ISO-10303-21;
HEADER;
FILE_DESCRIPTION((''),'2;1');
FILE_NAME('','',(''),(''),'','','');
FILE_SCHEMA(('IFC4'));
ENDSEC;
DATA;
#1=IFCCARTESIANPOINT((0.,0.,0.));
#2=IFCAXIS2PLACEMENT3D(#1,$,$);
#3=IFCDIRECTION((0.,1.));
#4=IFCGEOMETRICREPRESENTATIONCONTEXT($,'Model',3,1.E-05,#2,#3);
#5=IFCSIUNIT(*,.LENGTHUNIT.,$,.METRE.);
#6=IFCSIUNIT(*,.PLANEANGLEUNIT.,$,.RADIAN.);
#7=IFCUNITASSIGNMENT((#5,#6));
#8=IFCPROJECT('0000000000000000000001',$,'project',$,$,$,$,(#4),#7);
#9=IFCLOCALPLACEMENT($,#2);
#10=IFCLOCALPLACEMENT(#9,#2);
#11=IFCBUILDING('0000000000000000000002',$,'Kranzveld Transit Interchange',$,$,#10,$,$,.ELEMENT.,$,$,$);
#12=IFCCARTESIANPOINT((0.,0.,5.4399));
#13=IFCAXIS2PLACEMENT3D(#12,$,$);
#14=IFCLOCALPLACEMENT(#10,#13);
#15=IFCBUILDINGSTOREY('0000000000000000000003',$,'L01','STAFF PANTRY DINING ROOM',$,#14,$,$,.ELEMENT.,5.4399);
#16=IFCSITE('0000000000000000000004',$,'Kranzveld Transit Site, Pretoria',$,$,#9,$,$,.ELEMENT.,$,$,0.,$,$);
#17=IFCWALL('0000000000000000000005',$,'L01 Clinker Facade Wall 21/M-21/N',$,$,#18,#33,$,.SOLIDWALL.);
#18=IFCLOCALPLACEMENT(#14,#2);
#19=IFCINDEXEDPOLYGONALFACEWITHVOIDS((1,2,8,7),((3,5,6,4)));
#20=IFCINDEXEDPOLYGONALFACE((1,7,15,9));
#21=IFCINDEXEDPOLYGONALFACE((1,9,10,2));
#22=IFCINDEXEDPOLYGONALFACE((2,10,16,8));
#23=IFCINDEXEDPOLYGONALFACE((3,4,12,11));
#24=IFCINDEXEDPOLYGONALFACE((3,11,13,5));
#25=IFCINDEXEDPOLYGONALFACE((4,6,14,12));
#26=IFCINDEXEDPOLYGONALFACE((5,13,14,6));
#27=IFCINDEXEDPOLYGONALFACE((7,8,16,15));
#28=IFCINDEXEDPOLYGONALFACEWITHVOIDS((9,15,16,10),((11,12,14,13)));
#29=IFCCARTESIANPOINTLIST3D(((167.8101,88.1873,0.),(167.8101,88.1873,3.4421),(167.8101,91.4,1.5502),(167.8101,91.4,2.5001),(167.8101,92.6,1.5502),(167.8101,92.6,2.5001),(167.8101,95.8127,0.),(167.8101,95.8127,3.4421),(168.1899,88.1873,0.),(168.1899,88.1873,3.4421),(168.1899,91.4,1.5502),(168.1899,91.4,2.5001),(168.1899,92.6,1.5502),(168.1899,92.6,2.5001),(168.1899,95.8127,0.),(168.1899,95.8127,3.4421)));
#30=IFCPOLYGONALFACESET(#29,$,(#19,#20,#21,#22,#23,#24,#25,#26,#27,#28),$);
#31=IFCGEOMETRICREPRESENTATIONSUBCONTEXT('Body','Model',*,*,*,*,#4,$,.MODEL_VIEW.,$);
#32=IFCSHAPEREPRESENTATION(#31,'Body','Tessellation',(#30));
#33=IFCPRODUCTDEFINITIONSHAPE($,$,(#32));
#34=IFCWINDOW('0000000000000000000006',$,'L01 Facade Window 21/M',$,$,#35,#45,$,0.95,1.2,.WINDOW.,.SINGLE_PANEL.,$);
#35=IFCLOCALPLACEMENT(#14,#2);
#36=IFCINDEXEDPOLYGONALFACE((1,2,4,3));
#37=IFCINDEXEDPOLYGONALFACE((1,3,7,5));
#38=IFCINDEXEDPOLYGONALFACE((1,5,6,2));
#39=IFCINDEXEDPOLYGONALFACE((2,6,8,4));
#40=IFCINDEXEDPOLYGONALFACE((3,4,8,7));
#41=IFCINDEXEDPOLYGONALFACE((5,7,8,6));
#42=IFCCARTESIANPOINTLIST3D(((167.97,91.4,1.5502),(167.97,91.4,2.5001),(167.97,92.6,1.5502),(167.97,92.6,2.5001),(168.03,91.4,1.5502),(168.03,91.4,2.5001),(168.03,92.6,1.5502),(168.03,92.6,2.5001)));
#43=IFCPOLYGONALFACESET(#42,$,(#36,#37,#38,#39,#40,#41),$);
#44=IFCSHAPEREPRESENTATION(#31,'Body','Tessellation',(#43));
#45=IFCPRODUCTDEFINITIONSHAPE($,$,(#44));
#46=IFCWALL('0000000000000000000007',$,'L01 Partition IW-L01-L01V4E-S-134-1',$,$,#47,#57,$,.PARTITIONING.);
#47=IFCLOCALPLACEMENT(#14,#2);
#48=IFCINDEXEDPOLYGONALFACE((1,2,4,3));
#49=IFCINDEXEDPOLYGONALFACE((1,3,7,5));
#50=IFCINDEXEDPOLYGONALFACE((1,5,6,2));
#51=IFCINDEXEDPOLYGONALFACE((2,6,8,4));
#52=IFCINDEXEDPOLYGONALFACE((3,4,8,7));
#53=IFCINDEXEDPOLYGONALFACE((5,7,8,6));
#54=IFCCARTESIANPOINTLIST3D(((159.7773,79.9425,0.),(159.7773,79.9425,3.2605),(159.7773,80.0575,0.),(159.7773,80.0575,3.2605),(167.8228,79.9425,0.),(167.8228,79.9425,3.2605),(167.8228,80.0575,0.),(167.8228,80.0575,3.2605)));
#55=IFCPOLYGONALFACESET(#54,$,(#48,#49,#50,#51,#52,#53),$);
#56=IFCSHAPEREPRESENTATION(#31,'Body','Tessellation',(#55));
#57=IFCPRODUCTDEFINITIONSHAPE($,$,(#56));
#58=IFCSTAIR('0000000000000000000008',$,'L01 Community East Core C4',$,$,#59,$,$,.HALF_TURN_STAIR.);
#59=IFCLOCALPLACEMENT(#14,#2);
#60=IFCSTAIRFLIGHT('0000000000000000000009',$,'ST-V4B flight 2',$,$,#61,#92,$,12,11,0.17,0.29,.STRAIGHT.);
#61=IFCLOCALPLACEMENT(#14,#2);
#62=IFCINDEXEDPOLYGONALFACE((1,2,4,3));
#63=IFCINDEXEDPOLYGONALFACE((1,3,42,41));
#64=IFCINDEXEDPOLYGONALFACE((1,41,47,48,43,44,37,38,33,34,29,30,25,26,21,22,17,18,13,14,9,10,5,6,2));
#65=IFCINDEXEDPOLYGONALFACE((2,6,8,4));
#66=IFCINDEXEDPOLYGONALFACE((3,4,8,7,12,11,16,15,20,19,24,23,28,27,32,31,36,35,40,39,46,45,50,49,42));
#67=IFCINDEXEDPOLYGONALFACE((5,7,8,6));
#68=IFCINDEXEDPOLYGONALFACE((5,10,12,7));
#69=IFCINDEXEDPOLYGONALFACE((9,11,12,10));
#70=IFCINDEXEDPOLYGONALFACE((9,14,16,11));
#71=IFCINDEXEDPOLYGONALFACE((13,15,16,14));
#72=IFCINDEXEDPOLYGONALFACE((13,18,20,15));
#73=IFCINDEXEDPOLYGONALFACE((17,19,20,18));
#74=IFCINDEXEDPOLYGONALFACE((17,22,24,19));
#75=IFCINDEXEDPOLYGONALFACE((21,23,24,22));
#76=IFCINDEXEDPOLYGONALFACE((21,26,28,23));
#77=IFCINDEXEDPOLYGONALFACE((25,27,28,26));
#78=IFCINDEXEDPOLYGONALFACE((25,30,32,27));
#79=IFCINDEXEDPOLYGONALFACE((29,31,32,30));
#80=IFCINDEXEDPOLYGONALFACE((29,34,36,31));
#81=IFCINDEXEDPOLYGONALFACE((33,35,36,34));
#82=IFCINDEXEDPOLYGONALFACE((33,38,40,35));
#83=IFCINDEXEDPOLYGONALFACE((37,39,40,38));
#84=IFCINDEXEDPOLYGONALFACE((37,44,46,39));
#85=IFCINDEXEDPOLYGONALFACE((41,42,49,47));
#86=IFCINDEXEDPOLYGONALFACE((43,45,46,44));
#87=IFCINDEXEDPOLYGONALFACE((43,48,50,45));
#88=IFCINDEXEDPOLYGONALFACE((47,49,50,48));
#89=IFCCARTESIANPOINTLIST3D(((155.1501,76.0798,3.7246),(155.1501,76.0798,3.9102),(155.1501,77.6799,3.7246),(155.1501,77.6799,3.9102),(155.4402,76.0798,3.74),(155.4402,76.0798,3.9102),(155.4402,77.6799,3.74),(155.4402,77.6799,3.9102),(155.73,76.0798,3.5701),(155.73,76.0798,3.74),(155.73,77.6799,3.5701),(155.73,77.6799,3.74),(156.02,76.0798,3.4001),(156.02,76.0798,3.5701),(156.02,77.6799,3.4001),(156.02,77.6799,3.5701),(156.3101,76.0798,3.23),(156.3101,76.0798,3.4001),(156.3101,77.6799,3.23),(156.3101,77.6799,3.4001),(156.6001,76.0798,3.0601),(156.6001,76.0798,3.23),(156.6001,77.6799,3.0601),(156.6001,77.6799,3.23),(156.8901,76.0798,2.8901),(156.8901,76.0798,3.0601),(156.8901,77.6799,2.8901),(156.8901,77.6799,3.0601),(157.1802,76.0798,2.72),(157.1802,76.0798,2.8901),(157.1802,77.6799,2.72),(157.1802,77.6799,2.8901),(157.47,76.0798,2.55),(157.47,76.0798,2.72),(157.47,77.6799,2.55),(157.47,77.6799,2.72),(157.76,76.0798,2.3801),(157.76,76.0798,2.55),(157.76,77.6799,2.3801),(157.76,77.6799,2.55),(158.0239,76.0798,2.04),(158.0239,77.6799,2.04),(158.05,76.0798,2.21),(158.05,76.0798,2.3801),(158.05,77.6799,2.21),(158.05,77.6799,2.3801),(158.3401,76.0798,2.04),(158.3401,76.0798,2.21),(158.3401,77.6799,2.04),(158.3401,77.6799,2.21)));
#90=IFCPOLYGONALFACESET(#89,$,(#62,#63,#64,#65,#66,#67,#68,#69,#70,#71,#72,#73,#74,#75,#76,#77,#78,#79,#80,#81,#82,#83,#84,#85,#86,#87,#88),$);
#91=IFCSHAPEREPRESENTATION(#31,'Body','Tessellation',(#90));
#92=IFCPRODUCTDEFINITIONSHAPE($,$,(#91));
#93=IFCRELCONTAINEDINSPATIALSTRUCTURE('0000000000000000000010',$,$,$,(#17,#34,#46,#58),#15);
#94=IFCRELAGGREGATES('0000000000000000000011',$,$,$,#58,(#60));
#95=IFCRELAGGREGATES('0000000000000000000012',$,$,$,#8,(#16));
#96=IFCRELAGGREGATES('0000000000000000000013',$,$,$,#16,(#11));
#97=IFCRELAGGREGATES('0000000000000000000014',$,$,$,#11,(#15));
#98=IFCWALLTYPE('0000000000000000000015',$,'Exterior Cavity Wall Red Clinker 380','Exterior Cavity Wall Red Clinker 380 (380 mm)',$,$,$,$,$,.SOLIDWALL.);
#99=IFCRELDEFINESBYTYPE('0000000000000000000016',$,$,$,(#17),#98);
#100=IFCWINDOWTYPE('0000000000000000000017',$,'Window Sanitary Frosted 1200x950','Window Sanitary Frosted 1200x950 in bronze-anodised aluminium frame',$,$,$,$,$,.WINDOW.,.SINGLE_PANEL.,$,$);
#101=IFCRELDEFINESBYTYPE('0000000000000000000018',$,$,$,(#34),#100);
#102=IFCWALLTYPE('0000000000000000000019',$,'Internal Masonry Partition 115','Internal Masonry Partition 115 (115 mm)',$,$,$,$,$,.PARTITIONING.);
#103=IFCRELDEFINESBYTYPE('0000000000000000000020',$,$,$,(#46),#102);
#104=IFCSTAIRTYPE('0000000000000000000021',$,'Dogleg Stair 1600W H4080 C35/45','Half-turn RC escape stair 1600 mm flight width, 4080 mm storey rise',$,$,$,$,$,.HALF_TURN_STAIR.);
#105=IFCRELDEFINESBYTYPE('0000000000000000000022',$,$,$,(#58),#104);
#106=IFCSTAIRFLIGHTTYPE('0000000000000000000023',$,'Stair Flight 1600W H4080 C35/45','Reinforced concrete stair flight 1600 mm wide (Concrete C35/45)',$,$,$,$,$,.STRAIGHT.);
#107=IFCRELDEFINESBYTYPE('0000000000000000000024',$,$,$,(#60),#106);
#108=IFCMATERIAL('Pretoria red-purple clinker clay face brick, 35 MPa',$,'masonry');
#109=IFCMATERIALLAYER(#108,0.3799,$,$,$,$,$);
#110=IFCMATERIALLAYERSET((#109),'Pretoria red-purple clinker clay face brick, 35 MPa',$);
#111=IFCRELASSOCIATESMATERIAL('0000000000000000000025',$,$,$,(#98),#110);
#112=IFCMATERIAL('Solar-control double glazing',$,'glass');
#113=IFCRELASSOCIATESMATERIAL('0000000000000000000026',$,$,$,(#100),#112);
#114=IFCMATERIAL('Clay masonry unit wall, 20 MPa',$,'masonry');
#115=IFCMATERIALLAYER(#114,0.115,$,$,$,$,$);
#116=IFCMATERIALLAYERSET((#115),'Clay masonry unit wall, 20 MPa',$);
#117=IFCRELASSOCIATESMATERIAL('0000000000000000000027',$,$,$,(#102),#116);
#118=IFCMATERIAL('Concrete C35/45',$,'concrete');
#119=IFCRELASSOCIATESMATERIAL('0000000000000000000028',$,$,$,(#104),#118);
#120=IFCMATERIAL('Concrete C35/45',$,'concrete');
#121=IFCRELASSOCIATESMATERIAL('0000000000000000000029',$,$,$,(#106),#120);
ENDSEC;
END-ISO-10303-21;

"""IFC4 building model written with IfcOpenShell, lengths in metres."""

from ifc_helpers import new_model, si_unit, direction, frame, frame_2d, origin, place, context, subcontext, project, spatial, polyline, rectangle, outline, extrude, material, layer, layer_set, type_object, element, fill, aggregate, save


model = new_model("IFC4")

# Units and contexts
model_context = context("Model", 3, precision=1e-05, world=origin(), true_north=direction((0.0, 1.0)))
body_context = subcontext(model_context, "Body", "Model", "MODEL_VIEW")
ifc_project = project(units=[si_unit("LENGTHUNIT", "METRE"), si_unit("PLANEANGLEUNIT", "RADIAN")], contexts=[model_context])

# Site, building, storey
site_placement = place(None, origin())
site = spatial("IfcSite", under=ifc_project, at=site_placement, Name="Kranzveld Transit Site, Pretoria", CompositionType="ELEMENT", RefElevation=0.0)
building_placement = place(site_placement, origin())
building = spatial("IfcBuilding", under=site, at=building_placement, Name="Kranzveld Transit Interchange", CompositionType="ELEMENT")
storey_placement = place(building_placement, frame((0.0, 0.0, 5.4399)))
storey = spatial("IfcBuildingStorey", under=building, at=storey_placement, Name="L01", Description="STAFF PANTRY DINING ROOM", CompositionType="ELEMENT", Elevation=5.4399)

# Wall, opening, window
ifc_material_1 = material(Name="Pretoria red-purple clinker clay face brick, 35 MPa", Category="masonry")
ifc_layer_1 = layer(ifc_material_1, 0.3799)
ifc_layer_set_1 = layer_set([ifc_layer_1], Name="Pretoria red-purple clinker clay face brick, 35 MPa")
wall_type_1 = type_object("IfcWallType", Name="Exterior Cavity Wall Red Clinker 380", Description="Exterior Cavity Wall Red Clinker 380 (380 mm)", PredefinedType="SOLIDWALL", material=ifc_layer_set_1)
wall_1_placement = place(storey_placement, frame((168.0, 88.1873, 0.0), z_axis=(0.0, 0.0, 1.0), x_axis=(0.0, 1.0, 0.0)))
wall_1 = element("IfcWall", 1, at=wall_1_placement, inside=storey, type_object=wall_type_1, Name="L01 Clinker Facade Wall 21/M-21/N", PredefinedType="SOLIDWALL", context=body_context, shape_type="SweptSolid", body=[
    extrude(rectangle(XDim=7.6255, YDim=0.3799, at=frame_2d((3.8127, 0.0))), origin(), (0.0, 0.0, 1.0), 3.4421),
])
opening_1_placement = place(wall_1_placement, frame((3.2126, 0.0, 1.55), z_axis=(0.0, 0.0, 1.0), x_axis=(1.0, 0.0, 0.0)))
opening_1 = element("IfcOpeningElement", 2, at=opening_1_placement, cuts=wall_1, PredefinedType="OPENING", context=body_context, shape_type="SweptSolid", body=[
    extrude(rectangle(XDim=1.2, YDim=0.95, at=frame_2d((0.6001, 0.4751))), frame((0.0, 0.2, 0.0), z_axis=(0.0, -1.0, 0.0), x_axis=(1.0, 0.0, 0.0)), (0.0, 0.0, 1.0), 0.3999),
])
ifc_material_2 = material(Name="Solar-control double glazing", Category="glass")
window_type_1 = type_object("IfcWindowType", Name="Window Sanitary Frosted 1200x950", Description="Window Sanitary Frosted 1200x950 in bronze-anodised aluminium frame", PartitioningType="SINGLE_PANEL", PredefinedType="WINDOW", material=ifc_material_2)
window_1_placement = place(opening_1_placement, origin())
window_1 = element("IfcWindow", 3, at=window_1_placement, inside=storey, type_object=window_type_1, Name="L01 Facade Window 21/M", OverallHeight=0.95, OverallWidth=1.2, PartitioningType="SINGLE_PANEL", PredefinedType="WINDOW", context=body_context, shape_type="SweptSolid", body=[
    extrude(rectangle(XDim=1.2, YDim=0.95, at=frame_2d((0.6001, 0.4751))), frame((0.0, 0.03, 0.0), z_axis=(0.0, -1.0, 0.0), x_axis=(1.0, 0.0, 0.0)), (0.0, 0.0, 1.0), 0.0601),
])
fill(opening_1, window_1)

# Wall
ifc_material_3 = material(Name="Clay masonry unit wall, 20 MPa", Category="masonry")
ifc_layer_2 = layer(ifc_material_3, 0.115)
ifc_layer_set_2 = layer_set([ifc_layer_2], Name="Clay masonry unit wall, 20 MPa")
wall_type_2 = type_object("IfcWallType", Name="Internal Masonry Partition 115", Description="Internal Masonry Partition 115 (115 mm)", PredefinedType="PARTITIONING", material=ifc_layer_set_2)
wall_2_placement = place(storey_placement, frame((159.7773, 80.0, 0.0), z_axis=(0.0, 0.0, 1.0), x_axis=(1.0, 0.0, 0.0)))
element("IfcWall", 4, at=wall_2_placement, inside=storey, type_object=wall_type_2, Name="L01 Partition IW-L01-L01V4E-S-134-1", PredefinedType="PARTITIONING", context=body_context, shape_type="SweptSolid", body=[
    extrude(rectangle(XDim=8.0454, YDim=0.115, at=frame_2d((4.0227, 0.0))), origin(), (0.0, 0.0, 1.0), 3.2605),
])

# Stair, stair flight
ifc_material_4 = material(Name="Concrete C35/45", Category="concrete")
stair_type = type_object("IfcStairType", Name="Dogleg Stair 1600W H4080 C35/45", Description="Half-turn RC escape stair 1600 mm flight width, 4080 mm storey rise", PredefinedType="HALF_TURN_STAIR", material=ifc_material_4)
stair_placement = place(storey_placement, origin())
stair = element("IfcStair", 5, at=stair_placement, inside=storey, type_object=stair_type, Name="L01 Community East Core C4", PredefinedType="HALF_TURN_STAIR")
ifc_material_5 = material(Name="Concrete C35/45", Category="concrete")
stair_flight_type = type_object("IfcStairFlightType", Name="Stair Flight 1600W H4080 C35/45", Description="Reinforced concrete stair flight 1600 mm wide (Concrete C35/45)", PredefinedType="STRAIGHT", material=ifc_material_5)
stair_flight_placement = place(storey_placement, frame((158.3401, 76.8799, 2.04), z_axis=(0.0, 0.0, 1.0), x_axis=(-1.0, 0.0, 0.0)))
stair_flight = element("IfcStairFlight", 6, at=stair_flight_placement, type_object=stair_flight_type, Name="ST-V4B flight 2", NumberOfRisers=12, NumberOfTreads=11, PredefinedType="STRAIGHT", RiserHeight=0.17, TreadLength=0.29, context=body_context, shape_type="SweptSolid", body=[
    extrude(outline(polyline([(0.0, 0.0), (0.0, 0.1699), (0.29, 0.1699), (0.29, 0.3401), (0.5801, 0.3401), (0.5801, 0.51), (0.8701, 0.51), (0.8701, 0.6799), (1.1599, 0.6799), (1.1599, 0.8501), (1.45, 0.8501), (1.45, 1.02), (1.74, 1.02), (1.74, 1.1899), (2.03, 1.1899), (2.03, 1.3601), (2.3201, 1.3601), (2.3201, 1.53), (2.6101, 1.53), (2.6101, 1.7), (2.8999, 1.7), (2.8999, 1.8701), (3.1899, 1.8701), (3.1899, 2.04), (3.1899, 1.6846), (0.3162, 0.0), (0.0, 0.0)])), frame((0.0, 0.8, 0.0), z_axis=(0.0, -1.0, 0.0), x_axis=(1.0, 0.0, 0.0)), (0.0, 0.0, 1.0), 1.6001),
])
aggregate(stair, [stair_flight])

save(model, "model.ifc")
